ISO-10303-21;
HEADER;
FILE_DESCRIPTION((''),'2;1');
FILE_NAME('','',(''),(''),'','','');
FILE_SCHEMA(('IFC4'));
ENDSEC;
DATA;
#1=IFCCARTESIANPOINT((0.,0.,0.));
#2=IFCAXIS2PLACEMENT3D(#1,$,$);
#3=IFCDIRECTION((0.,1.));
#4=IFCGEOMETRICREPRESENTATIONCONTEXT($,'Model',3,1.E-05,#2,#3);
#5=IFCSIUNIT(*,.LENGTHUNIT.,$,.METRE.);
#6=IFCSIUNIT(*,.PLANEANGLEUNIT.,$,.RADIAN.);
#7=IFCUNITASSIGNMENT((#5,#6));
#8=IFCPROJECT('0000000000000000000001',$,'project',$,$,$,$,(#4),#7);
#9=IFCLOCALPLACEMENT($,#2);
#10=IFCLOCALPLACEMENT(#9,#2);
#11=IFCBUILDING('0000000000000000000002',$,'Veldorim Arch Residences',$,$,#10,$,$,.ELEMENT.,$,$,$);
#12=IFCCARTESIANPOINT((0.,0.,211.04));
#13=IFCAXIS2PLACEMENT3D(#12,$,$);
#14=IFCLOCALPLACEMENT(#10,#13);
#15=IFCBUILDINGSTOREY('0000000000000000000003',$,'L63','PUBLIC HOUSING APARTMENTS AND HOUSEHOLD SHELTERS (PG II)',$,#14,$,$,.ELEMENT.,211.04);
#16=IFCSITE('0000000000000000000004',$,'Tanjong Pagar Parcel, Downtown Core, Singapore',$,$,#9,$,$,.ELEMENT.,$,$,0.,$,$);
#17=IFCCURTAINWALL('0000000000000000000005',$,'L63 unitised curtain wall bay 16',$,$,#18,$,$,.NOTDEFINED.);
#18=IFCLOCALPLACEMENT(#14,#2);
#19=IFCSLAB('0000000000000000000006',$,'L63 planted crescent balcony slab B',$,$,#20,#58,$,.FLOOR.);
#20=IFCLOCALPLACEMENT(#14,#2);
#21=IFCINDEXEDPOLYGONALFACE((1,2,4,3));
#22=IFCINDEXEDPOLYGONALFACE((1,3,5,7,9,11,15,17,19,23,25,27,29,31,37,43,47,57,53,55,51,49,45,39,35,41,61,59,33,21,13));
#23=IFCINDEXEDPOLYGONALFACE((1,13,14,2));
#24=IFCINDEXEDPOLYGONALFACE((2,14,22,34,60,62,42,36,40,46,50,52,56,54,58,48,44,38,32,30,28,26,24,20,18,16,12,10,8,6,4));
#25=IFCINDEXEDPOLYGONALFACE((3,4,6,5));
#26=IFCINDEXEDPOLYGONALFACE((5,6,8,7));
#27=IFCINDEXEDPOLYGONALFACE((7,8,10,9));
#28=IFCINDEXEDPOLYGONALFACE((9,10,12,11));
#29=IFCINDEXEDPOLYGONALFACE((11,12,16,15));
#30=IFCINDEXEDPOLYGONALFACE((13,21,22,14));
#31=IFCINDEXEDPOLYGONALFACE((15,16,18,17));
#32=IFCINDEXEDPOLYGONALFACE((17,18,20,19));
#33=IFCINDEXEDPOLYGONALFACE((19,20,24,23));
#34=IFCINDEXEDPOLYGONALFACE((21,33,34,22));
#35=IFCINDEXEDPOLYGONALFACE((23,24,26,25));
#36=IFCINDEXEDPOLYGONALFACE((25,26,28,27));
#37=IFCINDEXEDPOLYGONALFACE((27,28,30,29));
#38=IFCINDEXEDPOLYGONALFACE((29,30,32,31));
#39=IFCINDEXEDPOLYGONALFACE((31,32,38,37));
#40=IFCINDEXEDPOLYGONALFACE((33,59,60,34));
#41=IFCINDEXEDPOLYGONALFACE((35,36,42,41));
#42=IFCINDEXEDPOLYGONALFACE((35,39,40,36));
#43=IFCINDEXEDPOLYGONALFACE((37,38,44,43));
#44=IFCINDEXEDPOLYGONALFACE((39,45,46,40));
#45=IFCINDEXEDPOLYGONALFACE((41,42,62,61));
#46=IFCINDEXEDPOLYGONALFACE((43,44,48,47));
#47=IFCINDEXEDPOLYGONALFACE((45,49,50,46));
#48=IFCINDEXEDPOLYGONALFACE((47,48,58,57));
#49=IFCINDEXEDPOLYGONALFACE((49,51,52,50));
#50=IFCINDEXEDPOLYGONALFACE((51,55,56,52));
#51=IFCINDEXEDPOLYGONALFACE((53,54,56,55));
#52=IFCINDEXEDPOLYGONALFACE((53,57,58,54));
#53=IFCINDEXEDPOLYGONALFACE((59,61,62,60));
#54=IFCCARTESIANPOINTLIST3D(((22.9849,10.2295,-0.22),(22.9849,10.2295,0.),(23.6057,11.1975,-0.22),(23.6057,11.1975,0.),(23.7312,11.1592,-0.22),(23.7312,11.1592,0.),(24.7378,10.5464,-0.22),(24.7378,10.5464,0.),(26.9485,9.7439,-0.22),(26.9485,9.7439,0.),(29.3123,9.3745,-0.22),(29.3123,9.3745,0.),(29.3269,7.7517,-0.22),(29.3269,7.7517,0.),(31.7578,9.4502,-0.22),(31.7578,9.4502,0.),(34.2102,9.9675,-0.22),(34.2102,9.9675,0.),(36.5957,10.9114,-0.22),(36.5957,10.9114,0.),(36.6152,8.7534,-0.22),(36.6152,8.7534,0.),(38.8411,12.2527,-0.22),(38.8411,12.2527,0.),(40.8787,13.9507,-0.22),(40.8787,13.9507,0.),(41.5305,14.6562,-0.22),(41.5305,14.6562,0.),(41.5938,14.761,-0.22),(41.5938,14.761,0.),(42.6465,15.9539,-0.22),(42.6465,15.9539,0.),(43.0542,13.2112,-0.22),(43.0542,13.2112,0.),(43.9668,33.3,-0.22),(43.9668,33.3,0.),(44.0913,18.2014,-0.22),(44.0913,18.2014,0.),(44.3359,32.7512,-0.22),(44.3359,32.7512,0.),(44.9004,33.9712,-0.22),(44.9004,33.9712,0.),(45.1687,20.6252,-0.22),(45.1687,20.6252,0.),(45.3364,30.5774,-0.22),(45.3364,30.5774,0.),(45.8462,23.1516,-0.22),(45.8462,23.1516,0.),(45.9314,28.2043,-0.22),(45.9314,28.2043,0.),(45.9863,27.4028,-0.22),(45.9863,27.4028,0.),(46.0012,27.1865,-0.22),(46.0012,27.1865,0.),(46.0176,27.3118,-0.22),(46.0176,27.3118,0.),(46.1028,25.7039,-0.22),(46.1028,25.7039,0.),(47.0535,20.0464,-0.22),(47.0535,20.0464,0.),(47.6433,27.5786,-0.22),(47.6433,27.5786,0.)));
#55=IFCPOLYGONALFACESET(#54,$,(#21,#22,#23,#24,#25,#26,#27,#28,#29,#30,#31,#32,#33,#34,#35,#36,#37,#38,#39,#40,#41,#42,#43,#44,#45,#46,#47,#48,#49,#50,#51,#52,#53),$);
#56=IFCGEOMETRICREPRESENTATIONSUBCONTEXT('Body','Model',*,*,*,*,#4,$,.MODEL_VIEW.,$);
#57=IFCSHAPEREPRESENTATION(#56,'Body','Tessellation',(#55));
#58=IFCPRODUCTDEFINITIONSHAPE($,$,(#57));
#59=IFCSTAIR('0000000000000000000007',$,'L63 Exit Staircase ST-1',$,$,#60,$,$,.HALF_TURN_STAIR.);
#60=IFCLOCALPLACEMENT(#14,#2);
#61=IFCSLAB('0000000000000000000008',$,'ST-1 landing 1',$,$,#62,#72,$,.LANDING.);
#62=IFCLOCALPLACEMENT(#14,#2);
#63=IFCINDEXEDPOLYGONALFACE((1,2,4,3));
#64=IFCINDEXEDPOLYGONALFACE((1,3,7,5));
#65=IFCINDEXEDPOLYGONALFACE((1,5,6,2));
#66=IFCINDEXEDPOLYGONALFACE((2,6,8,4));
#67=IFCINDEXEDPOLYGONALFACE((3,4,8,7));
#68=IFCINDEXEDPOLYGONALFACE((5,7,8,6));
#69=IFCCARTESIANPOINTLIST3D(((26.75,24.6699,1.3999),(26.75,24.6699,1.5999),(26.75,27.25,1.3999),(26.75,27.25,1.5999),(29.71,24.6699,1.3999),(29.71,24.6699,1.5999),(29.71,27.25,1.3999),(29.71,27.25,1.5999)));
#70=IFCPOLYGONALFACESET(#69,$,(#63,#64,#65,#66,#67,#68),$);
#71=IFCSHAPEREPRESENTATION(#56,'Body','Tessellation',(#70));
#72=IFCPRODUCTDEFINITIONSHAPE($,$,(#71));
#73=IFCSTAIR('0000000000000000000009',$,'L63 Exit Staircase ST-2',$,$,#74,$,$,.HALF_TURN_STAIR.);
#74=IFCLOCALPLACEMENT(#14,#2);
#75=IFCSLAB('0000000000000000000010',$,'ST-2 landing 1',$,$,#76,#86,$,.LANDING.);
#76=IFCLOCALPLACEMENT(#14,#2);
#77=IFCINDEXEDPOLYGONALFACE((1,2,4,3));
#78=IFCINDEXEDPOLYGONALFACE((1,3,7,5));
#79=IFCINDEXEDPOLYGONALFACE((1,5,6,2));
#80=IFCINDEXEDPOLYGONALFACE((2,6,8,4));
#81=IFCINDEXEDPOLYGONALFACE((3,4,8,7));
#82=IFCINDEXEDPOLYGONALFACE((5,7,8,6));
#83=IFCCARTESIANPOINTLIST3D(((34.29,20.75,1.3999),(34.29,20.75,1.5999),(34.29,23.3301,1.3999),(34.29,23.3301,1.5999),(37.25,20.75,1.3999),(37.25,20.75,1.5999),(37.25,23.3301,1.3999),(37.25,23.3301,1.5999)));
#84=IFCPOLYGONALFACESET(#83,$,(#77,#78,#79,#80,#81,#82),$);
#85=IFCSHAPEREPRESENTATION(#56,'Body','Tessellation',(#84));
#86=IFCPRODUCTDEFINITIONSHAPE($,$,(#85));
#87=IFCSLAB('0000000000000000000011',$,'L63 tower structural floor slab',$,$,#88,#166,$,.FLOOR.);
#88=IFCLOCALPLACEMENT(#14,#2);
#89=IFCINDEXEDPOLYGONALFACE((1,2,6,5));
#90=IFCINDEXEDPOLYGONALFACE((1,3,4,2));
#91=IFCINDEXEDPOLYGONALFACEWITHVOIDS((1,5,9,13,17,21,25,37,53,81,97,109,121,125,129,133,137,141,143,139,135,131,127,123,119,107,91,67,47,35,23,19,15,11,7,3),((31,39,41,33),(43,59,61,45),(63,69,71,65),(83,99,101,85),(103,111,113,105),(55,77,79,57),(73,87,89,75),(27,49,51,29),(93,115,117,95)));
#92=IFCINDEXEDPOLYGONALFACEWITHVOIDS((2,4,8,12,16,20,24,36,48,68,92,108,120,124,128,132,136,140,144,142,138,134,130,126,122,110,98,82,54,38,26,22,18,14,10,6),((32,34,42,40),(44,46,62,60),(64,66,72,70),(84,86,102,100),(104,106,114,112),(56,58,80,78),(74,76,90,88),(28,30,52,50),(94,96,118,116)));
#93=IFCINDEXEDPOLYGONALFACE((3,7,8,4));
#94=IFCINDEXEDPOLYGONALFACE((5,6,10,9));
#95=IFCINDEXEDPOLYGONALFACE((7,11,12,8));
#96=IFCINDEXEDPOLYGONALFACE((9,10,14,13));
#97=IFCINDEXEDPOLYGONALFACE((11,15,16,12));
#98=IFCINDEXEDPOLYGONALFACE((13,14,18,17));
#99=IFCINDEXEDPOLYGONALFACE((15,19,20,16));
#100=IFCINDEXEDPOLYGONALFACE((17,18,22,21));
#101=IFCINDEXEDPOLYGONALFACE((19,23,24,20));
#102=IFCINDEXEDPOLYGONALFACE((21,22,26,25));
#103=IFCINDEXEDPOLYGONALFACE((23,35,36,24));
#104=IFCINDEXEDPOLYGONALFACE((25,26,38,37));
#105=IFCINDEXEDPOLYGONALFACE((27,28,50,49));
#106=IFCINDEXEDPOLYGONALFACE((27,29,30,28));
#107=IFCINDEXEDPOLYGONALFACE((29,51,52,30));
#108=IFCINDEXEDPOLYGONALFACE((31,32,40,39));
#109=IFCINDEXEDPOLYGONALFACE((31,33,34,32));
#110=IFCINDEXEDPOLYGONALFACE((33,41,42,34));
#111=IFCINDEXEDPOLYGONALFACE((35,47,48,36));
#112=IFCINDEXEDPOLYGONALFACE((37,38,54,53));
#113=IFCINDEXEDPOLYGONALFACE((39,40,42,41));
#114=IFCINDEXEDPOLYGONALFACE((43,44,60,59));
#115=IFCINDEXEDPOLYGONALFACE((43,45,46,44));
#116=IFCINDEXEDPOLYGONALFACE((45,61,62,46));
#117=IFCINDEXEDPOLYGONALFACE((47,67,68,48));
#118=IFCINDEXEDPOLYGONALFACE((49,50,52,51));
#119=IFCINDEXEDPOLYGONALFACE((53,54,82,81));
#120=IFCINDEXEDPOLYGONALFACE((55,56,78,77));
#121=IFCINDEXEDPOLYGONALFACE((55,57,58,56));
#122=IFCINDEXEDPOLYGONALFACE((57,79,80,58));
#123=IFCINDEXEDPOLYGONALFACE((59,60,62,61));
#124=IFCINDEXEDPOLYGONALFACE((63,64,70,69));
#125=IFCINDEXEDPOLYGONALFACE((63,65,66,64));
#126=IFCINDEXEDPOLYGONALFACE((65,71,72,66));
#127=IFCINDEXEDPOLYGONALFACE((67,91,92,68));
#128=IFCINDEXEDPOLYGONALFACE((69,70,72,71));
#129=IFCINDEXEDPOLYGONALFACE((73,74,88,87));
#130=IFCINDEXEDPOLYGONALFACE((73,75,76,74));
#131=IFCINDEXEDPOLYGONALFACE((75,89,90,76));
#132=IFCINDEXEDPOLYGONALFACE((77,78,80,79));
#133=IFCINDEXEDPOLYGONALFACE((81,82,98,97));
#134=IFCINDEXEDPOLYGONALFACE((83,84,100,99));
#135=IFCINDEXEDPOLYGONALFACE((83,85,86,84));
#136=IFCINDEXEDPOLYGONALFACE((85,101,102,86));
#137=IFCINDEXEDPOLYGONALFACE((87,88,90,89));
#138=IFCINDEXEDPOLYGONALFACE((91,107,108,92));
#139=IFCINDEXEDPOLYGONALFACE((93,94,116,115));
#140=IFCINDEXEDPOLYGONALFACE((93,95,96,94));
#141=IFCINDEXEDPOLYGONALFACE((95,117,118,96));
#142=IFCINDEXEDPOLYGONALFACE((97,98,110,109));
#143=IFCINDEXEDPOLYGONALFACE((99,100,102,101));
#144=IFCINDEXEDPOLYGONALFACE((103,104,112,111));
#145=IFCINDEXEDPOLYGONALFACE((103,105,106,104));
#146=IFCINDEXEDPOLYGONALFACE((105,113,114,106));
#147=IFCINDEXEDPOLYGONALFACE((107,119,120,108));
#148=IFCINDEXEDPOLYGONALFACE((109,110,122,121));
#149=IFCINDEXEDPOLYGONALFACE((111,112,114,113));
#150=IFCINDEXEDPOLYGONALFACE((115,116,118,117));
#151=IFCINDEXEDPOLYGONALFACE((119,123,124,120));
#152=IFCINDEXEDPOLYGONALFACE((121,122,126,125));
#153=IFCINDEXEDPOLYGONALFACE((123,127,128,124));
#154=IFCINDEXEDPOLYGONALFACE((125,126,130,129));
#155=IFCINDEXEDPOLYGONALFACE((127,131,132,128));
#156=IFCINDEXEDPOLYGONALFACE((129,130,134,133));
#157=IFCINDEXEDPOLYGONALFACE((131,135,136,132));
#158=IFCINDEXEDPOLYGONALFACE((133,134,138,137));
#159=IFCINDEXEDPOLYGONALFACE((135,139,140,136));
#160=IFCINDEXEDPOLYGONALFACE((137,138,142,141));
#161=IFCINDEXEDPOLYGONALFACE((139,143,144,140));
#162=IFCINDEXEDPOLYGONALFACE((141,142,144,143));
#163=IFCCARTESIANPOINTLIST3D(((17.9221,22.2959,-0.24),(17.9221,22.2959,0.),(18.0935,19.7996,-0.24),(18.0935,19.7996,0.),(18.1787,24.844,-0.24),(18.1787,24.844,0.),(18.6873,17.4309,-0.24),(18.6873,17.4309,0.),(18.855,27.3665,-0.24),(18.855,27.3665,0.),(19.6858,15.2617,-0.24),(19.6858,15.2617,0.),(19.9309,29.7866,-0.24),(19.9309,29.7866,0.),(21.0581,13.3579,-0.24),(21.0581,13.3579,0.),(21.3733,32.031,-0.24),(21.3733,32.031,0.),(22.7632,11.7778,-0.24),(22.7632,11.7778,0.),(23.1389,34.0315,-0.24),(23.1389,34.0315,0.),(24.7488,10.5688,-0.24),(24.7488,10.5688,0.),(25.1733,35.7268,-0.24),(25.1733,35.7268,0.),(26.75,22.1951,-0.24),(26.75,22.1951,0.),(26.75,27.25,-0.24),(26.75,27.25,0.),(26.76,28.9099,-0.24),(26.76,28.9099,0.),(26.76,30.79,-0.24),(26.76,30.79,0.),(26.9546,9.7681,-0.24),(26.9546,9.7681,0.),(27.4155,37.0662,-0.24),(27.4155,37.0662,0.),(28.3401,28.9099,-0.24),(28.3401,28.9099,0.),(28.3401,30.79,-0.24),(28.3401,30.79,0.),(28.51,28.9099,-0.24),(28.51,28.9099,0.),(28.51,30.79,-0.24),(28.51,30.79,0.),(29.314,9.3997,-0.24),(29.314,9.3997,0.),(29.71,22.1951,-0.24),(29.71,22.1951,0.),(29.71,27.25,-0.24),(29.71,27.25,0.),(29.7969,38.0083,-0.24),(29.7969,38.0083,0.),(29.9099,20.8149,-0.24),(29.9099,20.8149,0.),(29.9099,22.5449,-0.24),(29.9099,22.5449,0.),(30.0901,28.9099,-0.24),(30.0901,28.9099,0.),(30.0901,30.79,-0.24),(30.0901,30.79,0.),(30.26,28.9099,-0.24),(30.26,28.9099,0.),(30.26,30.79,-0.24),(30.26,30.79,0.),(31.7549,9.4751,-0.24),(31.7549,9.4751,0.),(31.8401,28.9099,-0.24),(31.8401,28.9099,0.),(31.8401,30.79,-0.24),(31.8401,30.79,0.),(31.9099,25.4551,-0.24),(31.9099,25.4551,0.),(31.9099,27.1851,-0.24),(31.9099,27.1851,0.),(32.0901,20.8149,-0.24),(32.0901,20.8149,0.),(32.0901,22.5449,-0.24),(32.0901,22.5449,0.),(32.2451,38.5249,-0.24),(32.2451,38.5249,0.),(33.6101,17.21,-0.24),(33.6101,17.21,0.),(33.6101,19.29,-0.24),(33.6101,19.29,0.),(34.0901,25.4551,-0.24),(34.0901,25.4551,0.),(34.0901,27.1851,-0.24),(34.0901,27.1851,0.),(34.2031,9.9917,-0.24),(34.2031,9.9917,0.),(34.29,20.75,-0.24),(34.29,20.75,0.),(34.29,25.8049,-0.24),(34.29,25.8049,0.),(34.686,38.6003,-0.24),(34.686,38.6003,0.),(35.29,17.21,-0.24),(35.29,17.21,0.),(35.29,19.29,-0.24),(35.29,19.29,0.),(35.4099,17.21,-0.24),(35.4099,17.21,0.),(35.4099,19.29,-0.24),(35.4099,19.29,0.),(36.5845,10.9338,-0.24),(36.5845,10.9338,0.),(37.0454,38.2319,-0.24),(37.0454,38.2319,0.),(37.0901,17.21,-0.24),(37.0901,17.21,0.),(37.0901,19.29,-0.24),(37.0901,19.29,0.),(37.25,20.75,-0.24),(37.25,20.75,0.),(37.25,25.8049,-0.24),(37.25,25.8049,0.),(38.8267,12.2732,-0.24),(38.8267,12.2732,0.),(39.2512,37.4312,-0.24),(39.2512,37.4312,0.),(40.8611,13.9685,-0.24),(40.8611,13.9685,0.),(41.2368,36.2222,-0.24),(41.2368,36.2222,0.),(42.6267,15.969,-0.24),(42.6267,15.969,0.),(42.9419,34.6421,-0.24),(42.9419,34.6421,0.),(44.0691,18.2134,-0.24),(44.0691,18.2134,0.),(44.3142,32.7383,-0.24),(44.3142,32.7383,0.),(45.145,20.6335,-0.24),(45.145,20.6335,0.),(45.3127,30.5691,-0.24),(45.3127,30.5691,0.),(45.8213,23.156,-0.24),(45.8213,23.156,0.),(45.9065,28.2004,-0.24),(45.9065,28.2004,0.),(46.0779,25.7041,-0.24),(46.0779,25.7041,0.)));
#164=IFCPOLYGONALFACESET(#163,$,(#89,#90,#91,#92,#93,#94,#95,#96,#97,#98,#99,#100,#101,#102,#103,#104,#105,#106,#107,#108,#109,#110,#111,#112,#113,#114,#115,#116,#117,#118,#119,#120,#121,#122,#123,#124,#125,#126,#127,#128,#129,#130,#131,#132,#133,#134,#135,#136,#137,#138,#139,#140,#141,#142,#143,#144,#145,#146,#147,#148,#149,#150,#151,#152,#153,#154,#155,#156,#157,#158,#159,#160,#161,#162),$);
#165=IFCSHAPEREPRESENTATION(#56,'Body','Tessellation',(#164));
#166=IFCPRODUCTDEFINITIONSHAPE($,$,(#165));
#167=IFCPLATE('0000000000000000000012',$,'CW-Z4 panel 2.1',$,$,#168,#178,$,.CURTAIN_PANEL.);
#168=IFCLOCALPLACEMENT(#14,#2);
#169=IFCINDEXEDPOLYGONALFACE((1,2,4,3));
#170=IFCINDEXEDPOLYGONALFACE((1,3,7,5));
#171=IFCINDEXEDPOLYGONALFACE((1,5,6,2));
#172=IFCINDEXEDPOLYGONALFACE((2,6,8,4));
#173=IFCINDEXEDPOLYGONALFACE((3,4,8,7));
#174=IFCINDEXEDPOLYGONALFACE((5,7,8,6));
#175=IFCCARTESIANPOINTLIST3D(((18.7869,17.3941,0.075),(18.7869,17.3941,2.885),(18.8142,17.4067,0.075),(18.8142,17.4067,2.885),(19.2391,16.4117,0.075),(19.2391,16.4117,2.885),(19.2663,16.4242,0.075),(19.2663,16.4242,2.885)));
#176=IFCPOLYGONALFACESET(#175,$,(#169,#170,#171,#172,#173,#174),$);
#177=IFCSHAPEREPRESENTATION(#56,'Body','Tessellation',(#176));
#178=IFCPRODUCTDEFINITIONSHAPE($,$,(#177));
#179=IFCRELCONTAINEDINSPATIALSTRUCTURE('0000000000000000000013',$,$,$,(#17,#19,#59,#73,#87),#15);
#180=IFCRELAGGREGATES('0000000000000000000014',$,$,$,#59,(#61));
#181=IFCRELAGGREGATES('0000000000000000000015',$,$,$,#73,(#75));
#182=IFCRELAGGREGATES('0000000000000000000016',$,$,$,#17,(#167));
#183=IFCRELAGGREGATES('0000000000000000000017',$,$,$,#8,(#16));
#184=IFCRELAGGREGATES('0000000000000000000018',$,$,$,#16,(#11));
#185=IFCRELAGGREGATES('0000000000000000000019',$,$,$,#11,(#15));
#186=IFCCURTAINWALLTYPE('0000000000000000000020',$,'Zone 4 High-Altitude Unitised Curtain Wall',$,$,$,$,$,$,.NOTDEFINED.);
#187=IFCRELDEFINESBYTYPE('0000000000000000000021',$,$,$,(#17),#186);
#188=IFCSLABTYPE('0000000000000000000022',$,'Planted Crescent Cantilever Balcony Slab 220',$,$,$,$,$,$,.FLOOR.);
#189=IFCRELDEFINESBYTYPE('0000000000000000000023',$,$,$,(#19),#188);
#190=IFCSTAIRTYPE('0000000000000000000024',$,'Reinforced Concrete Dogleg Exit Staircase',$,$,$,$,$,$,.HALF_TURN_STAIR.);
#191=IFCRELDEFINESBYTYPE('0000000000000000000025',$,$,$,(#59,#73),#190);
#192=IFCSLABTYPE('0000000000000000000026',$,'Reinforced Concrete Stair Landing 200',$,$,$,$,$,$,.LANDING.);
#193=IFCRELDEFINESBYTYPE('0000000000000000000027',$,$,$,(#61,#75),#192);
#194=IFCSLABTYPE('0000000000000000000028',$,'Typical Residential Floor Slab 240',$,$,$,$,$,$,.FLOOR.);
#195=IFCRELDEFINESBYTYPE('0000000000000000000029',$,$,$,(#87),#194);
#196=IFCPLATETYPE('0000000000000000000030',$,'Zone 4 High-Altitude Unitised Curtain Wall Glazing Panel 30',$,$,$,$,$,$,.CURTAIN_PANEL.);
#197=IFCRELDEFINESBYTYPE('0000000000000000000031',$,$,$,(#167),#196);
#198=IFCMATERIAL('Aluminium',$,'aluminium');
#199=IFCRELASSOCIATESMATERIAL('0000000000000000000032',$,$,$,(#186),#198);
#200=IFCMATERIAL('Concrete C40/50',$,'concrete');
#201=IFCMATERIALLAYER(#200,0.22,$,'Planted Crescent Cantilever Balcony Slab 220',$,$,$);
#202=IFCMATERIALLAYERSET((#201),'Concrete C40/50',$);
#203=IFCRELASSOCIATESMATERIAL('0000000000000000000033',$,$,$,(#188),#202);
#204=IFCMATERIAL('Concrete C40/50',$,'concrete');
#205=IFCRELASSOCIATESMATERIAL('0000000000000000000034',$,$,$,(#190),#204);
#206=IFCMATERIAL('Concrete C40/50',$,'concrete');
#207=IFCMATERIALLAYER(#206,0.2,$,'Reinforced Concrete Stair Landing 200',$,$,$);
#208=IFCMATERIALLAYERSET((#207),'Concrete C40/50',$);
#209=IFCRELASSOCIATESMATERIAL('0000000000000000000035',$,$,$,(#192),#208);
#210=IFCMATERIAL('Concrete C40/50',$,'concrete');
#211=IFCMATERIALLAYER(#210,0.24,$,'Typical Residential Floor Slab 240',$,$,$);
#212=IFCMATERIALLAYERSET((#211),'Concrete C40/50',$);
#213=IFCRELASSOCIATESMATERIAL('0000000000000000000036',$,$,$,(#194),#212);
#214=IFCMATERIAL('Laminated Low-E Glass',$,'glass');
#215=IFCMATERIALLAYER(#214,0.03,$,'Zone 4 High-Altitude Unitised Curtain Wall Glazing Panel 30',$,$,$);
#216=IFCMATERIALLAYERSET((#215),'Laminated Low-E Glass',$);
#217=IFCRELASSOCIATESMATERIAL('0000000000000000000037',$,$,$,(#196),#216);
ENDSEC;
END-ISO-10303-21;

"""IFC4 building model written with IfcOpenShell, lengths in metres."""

from ifc_helpers import new_model, si_unit, direction, frame, origin, origin_2d, place, context, subcontext, project, spatial, polyline, rectangle, outline, extrude, material, layer, layer_set, type_object, element, aggregate, save


model = new_model("IFC4")

# Units and contexts
model_context = context("Model", 3, precision=1e-05, world=origin(), true_north=direction((0.0, 1.0)))
body_context = subcontext(model_context, "Body", "Model", "MODEL_VIEW")
ifc_project = project(units=[si_unit("LENGTHUNIT", "METRE"), si_unit("PLANEANGLEUNIT", "RADIAN")], contexts=[model_context])

# Site, building, storey
site_placement = place(None, origin())
site = spatial("IfcSite", under=ifc_project, at=site_placement, Name="Tanjong Pagar Parcel, Downtown Core, Singapore", CompositionType="ELEMENT", RefElevation=0.0)
building_placement = place(site_placement, origin())
building = spatial("IfcBuilding", under=site, at=building_placement, Name="Veldorim Arch Residences", CompositionType="ELEMENT")
storey_placement = place(building_placement, frame((0.0, 0.0, 211.04)))
storey = spatial("IfcBuildingStorey", under=building, at=storey_placement, Name="L63", Description="PUBLIC HOUSING APARTMENTS AND HOUSEHOLD SHELTERS (PG II)", CompositionType="ELEMENT", Elevation=211.04)

# Curtain wall
ifc_material_1 = material(Name="Aluminium", Category="aluminium")
curtain_wall_type = type_object("IfcCurtainWallType", Name="Zone 4 High-Altitude Unitised Curtain Wall", PredefinedType="NOTDEFINED", material=ifc_material_1)
curtain_wall_placement = place(storey_placement, origin())
curtain_wall = element("IfcCurtainWall", 1, at=curtain_wall_placement, inside=storey, type_object=curtain_wall_type, Name="L63 unitised curtain wall bay 16", PredefinedType="NOTDEFINED")

# Slab
ifc_material_2 = material(Name="Concrete C40/50", Category="concrete")
ifc_layer_1 = layer(ifc_material_2, 0.22, Name="Planted Crescent Cantilever Balcony Slab 220")
ifc_layer_set_1 = layer_set([ifc_layer_1], Name="Concrete C40/50")
slab_type_1 = type_object("IfcSlabType", Name="Planted Crescent Cantilever Balcony Slab 220", PredefinedType="FLOOR", material=ifc_layer_set_1)
slab_1_placement = place(storey_placement, frame((0.0, 0.0, -0.22)))
element("IfcSlab", 2, at=slab_1_placement, inside=storey, type_object=slab_type_1, Name="L63 planted crescent balcony slab B", PredefinedType="FLOOR", context=body_context, shape_type="SweptSolid", body=[
    extrude(outline(polyline([(23.7312, 11.1592), (24.7378, 10.5464), (26.9485, 9.7439), (29.3123, 9.3745), (31.7578, 9.4502), (34.2102, 9.9675), (36.5957, 10.9114), (38.8411, 12.2527), (40.8787, 13.9507), (41.5305, 14.6562), (41.5938, 14.761), (42.6465, 15.9539), (44.0913, 18.2014), (45.1687, 20.6252), (45.8462, 23.1516), (46.1028, 25.7039), (46.0012, 27.1865), (46.0176, 27.3118), (45.9863, 27.4028), (45.9314, 28.2043), (45.3364, 30.5774), (44.3359, 32.7512), (43.9668, 33.3), (44.9004, 33.9712), (47.6433, 27.5786), (47.0535, 20.0464), (43.0542, 13.2112), (36.6152, 8.7534), (29.3269, 7.7517), (22.9849, 10.2295), (23.6057, 11.1975), (23.7312, 11.1592)])), origin(), (0.0, 0.0, 1.0), 0.22),
])

# Stairs, slabs
ifc_material_3 = material(Name="Concrete C40/50", Category="concrete")
stair_type = type_object("IfcStairType", Name="Reinforced Concrete Dogleg Exit Staircase", PredefinedType="HALF_TURN_STAIR", material=ifc_material_3)
stair_1_placement = place(storey_placement, origin())
stair_1 = element("IfcStair", 3, at=stair_1_placement, inside=storey, type_object=stair_type, Name="L63 Exit Staircase ST-1", PredefinedType="HALF_TURN_STAIR")
ifc_material_4 = material(Name="Concrete C40/50", Category="concrete")
ifc_layer_2 = layer(ifc_material_4, 0.2, Name="Reinforced Concrete Stair Landing 200")
ifc_layer_set_2 = layer_set([ifc_layer_2], Name="Concrete C40/50")
slab_type_2 = type_object("IfcSlabType", Name="Reinforced Concrete Stair Landing 200", PredefinedType="LANDING", material=ifc_layer_set_2)
slab_2_placement = place(storey_placement, frame((0.0, 0.0, 1.3999)))
slab_2 = element("IfcSlab", 4, at=slab_2_placement, type_object=slab_type_2, Name="ST-1 landing 1", PredefinedType="LANDING", context=body_context, shape_type="SweptSolid", body=[
    extrude(outline(polyline([(29.71, 24.6699), (29.71, 27.25), (26.75, 27.25), (26.75, 24.6699), (29.71, 24.6699)])), origin(), (0.0, 0.0, 1.0), 0.2),
])
aggregate(stair_1, [slab_2])
stair_2_placement = place(storey_placement, origin())
stair_2 = element("IfcStair", 5, at=stair_2_placement, inside=storey, type_object=stair_type, Name="L63 Exit Staircase ST-2", PredefinedType="HALF_TURN_STAIR")
slab_3_placement = place(storey_placement, frame((0.0, 0.0, 1.3999)))
slab_3 = element("IfcSlab", 6, at=slab_3_placement, type_object=slab_type_2, Name="ST-2 landing 1", PredefinedType="LANDING", context=body_context, shape_type="SweptSolid", body=[
    extrude(outline(polyline([(34.29, 23.3301), (34.29, 20.75), (37.25, 20.75), (37.25, 23.3301), (34.29, 23.3301)])), origin(), (0.0, 0.0, 1.0), 0.2),
])
aggregate(stair_2, [slab_3])

# Slab
ifc_material_5 = material(Name="Concrete C40/50", Category="concrete")
ifc_layer_3 = layer(ifc_material_5, 0.24, Name="Typical Residential Floor Slab 240")
ifc_layer_set_3 = layer_set([ifc_layer_3], Name="Concrete C40/50")
slab_type_3 = type_object("IfcSlabType", Name="Typical Residential Floor Slab 240", PredefinedType="FLOOR", material=ifc_layer_set_3)
slab_4_placement = place(storey_placement, frame((0.0, 0.0, -0.24)))
element("IfcSlab", 7, at=slab_4_placement, inside=storey, type_object=slab_type_3, Name="L63 tower structural floor slab", PredefinedType="FLOOR", context=body_context, shape_type="SweptSolid", body=[
    extrude(outline(polyline([(41.2368, 36.2222), (39.2512, 37.4312), (37.0454, 38.2319), (34.686, 38.6003), (32.2451, 38.5249), (29.7969, 38.0083), (27.4155, 37.0662), (25.1733, 35.7268), (23.1389, 34.0315), (21.3733, 32.031), (19.9309, 29.7866), (18.855, 27.3665), (18.1787, 24.844), (17.9221, 22.2959), (18.0935, 19.7996), (18.6873, 17.4309), (19.6858, 15.2617), (21.0581, 13.3579), (22.7632, 11.7778), (24.7488, 10.5688), (26.9546, 9.7681), (29.314, 9.3997), (31.7549, 9.4751), (34.2031, 9.9917), (36.5845, 10.9338), (38.8267, 12.2732), (40.8611, 13.9685), (42.6267, 15.969), (44.0691, 18.2134), (45.145, 20.6335), (45.8213, 23.156), (46.0779, 25.7041), (45.9065, 28.2004), (45.3127, 30.5691), (44.3142, 32.7383), (42.9419, 34.6421), (41.2368, 36.2222)]), holes=[polyline([(33.6101, 17.21), (33.6101, 19.29), (35.29, 19.29), (35.29, 17.21), (33.6101, 17.21)]), polyline([(35.4099, 17.21), (35.4099, 19.29), (37.0901, 19.29), (37.0901, 17.21), (35.4099, 17.21)]), polyline([(29.9099, 20.8149), (29.9099, 22.5449), (32.0901, 22.5449), (32.0901, 20.8149), (29.9099, 20.8149)]), polyline([(34.29, 20.75), (34.29, 25.8049), (37.25, 25.8049), (37.25, 20.75), (34.29, 20.75)]), polyline([(26.75, 22.1951), (26.75, 27.25), (29.71, 27.25), (29.71, 22.1951), (26.75, 22.1951)]), polyline([(31.9099, 25.4551), (31.9099, 27.1851), (34.0901, 27.1851), (34.0901, 25.4551), (31.9099, 25.4551)]), polyline([(26.76, 28.9099), (26.76, 30.79), (28.3401, 30.79), (28.3401, 28.9099), (26.76, 28.9099)]), polyline([(28.51, 30.79), (30.0901, 30.79), (30.0901, 28.9099), (28.51, 28.9099), (28.51, 30.79)]), polyline([(30.26, 30.79), (31.8401, 30.79), (31.8401, 28.9099), (30.26, 28.9099), (30.26, 30.79)])]), origin(), (0.0, 0.0, 1.0), 0.24),
])

# Plate
ifc_material_6 = material(Name="Laminated Low-E Glass", Category="glass")
ifc_layer_4 = layer(ifc_material_6, 0.03, Name="Zone 4 High-Altitude Unitised Curtain Wall Glazing Panel 30")
ifc_layer_set_4 = layer_set([ifc_layer_4], Name="Laminated Low-E Glass")
plate_type = type_object("IfcPlateType", Name="Zone 4 High-Altitude Unitised Curtain Wall Glazing Panel 30", PredefinedType="CURTAIN_PANEL", material=ifc_layer_set_4)
plate_placement = place(storey_placement, frame((19.0266, 16.9092, 0.075), z_axis=(0.0, 0.0, 1.0), x_axis=(-0.418102, 0.9084, 0.0)))
plate = element("IfcPlate", 8, at=plate_placement, type_object=plate_type, Name="CW-Z4 panel 2.1", PredefinedType="CURTAIN_PANEL", context=body_context, shape_type="SweptSolid", body=[
    extrude(rectangle(XDim=1.0815, YDim=0.03, at=origin_2d()), origin(), (0.0, 0.0, 1.0), 2.8101),
])
aggregate(curtain_wall, [plate])

save(model, "model.ifc")
